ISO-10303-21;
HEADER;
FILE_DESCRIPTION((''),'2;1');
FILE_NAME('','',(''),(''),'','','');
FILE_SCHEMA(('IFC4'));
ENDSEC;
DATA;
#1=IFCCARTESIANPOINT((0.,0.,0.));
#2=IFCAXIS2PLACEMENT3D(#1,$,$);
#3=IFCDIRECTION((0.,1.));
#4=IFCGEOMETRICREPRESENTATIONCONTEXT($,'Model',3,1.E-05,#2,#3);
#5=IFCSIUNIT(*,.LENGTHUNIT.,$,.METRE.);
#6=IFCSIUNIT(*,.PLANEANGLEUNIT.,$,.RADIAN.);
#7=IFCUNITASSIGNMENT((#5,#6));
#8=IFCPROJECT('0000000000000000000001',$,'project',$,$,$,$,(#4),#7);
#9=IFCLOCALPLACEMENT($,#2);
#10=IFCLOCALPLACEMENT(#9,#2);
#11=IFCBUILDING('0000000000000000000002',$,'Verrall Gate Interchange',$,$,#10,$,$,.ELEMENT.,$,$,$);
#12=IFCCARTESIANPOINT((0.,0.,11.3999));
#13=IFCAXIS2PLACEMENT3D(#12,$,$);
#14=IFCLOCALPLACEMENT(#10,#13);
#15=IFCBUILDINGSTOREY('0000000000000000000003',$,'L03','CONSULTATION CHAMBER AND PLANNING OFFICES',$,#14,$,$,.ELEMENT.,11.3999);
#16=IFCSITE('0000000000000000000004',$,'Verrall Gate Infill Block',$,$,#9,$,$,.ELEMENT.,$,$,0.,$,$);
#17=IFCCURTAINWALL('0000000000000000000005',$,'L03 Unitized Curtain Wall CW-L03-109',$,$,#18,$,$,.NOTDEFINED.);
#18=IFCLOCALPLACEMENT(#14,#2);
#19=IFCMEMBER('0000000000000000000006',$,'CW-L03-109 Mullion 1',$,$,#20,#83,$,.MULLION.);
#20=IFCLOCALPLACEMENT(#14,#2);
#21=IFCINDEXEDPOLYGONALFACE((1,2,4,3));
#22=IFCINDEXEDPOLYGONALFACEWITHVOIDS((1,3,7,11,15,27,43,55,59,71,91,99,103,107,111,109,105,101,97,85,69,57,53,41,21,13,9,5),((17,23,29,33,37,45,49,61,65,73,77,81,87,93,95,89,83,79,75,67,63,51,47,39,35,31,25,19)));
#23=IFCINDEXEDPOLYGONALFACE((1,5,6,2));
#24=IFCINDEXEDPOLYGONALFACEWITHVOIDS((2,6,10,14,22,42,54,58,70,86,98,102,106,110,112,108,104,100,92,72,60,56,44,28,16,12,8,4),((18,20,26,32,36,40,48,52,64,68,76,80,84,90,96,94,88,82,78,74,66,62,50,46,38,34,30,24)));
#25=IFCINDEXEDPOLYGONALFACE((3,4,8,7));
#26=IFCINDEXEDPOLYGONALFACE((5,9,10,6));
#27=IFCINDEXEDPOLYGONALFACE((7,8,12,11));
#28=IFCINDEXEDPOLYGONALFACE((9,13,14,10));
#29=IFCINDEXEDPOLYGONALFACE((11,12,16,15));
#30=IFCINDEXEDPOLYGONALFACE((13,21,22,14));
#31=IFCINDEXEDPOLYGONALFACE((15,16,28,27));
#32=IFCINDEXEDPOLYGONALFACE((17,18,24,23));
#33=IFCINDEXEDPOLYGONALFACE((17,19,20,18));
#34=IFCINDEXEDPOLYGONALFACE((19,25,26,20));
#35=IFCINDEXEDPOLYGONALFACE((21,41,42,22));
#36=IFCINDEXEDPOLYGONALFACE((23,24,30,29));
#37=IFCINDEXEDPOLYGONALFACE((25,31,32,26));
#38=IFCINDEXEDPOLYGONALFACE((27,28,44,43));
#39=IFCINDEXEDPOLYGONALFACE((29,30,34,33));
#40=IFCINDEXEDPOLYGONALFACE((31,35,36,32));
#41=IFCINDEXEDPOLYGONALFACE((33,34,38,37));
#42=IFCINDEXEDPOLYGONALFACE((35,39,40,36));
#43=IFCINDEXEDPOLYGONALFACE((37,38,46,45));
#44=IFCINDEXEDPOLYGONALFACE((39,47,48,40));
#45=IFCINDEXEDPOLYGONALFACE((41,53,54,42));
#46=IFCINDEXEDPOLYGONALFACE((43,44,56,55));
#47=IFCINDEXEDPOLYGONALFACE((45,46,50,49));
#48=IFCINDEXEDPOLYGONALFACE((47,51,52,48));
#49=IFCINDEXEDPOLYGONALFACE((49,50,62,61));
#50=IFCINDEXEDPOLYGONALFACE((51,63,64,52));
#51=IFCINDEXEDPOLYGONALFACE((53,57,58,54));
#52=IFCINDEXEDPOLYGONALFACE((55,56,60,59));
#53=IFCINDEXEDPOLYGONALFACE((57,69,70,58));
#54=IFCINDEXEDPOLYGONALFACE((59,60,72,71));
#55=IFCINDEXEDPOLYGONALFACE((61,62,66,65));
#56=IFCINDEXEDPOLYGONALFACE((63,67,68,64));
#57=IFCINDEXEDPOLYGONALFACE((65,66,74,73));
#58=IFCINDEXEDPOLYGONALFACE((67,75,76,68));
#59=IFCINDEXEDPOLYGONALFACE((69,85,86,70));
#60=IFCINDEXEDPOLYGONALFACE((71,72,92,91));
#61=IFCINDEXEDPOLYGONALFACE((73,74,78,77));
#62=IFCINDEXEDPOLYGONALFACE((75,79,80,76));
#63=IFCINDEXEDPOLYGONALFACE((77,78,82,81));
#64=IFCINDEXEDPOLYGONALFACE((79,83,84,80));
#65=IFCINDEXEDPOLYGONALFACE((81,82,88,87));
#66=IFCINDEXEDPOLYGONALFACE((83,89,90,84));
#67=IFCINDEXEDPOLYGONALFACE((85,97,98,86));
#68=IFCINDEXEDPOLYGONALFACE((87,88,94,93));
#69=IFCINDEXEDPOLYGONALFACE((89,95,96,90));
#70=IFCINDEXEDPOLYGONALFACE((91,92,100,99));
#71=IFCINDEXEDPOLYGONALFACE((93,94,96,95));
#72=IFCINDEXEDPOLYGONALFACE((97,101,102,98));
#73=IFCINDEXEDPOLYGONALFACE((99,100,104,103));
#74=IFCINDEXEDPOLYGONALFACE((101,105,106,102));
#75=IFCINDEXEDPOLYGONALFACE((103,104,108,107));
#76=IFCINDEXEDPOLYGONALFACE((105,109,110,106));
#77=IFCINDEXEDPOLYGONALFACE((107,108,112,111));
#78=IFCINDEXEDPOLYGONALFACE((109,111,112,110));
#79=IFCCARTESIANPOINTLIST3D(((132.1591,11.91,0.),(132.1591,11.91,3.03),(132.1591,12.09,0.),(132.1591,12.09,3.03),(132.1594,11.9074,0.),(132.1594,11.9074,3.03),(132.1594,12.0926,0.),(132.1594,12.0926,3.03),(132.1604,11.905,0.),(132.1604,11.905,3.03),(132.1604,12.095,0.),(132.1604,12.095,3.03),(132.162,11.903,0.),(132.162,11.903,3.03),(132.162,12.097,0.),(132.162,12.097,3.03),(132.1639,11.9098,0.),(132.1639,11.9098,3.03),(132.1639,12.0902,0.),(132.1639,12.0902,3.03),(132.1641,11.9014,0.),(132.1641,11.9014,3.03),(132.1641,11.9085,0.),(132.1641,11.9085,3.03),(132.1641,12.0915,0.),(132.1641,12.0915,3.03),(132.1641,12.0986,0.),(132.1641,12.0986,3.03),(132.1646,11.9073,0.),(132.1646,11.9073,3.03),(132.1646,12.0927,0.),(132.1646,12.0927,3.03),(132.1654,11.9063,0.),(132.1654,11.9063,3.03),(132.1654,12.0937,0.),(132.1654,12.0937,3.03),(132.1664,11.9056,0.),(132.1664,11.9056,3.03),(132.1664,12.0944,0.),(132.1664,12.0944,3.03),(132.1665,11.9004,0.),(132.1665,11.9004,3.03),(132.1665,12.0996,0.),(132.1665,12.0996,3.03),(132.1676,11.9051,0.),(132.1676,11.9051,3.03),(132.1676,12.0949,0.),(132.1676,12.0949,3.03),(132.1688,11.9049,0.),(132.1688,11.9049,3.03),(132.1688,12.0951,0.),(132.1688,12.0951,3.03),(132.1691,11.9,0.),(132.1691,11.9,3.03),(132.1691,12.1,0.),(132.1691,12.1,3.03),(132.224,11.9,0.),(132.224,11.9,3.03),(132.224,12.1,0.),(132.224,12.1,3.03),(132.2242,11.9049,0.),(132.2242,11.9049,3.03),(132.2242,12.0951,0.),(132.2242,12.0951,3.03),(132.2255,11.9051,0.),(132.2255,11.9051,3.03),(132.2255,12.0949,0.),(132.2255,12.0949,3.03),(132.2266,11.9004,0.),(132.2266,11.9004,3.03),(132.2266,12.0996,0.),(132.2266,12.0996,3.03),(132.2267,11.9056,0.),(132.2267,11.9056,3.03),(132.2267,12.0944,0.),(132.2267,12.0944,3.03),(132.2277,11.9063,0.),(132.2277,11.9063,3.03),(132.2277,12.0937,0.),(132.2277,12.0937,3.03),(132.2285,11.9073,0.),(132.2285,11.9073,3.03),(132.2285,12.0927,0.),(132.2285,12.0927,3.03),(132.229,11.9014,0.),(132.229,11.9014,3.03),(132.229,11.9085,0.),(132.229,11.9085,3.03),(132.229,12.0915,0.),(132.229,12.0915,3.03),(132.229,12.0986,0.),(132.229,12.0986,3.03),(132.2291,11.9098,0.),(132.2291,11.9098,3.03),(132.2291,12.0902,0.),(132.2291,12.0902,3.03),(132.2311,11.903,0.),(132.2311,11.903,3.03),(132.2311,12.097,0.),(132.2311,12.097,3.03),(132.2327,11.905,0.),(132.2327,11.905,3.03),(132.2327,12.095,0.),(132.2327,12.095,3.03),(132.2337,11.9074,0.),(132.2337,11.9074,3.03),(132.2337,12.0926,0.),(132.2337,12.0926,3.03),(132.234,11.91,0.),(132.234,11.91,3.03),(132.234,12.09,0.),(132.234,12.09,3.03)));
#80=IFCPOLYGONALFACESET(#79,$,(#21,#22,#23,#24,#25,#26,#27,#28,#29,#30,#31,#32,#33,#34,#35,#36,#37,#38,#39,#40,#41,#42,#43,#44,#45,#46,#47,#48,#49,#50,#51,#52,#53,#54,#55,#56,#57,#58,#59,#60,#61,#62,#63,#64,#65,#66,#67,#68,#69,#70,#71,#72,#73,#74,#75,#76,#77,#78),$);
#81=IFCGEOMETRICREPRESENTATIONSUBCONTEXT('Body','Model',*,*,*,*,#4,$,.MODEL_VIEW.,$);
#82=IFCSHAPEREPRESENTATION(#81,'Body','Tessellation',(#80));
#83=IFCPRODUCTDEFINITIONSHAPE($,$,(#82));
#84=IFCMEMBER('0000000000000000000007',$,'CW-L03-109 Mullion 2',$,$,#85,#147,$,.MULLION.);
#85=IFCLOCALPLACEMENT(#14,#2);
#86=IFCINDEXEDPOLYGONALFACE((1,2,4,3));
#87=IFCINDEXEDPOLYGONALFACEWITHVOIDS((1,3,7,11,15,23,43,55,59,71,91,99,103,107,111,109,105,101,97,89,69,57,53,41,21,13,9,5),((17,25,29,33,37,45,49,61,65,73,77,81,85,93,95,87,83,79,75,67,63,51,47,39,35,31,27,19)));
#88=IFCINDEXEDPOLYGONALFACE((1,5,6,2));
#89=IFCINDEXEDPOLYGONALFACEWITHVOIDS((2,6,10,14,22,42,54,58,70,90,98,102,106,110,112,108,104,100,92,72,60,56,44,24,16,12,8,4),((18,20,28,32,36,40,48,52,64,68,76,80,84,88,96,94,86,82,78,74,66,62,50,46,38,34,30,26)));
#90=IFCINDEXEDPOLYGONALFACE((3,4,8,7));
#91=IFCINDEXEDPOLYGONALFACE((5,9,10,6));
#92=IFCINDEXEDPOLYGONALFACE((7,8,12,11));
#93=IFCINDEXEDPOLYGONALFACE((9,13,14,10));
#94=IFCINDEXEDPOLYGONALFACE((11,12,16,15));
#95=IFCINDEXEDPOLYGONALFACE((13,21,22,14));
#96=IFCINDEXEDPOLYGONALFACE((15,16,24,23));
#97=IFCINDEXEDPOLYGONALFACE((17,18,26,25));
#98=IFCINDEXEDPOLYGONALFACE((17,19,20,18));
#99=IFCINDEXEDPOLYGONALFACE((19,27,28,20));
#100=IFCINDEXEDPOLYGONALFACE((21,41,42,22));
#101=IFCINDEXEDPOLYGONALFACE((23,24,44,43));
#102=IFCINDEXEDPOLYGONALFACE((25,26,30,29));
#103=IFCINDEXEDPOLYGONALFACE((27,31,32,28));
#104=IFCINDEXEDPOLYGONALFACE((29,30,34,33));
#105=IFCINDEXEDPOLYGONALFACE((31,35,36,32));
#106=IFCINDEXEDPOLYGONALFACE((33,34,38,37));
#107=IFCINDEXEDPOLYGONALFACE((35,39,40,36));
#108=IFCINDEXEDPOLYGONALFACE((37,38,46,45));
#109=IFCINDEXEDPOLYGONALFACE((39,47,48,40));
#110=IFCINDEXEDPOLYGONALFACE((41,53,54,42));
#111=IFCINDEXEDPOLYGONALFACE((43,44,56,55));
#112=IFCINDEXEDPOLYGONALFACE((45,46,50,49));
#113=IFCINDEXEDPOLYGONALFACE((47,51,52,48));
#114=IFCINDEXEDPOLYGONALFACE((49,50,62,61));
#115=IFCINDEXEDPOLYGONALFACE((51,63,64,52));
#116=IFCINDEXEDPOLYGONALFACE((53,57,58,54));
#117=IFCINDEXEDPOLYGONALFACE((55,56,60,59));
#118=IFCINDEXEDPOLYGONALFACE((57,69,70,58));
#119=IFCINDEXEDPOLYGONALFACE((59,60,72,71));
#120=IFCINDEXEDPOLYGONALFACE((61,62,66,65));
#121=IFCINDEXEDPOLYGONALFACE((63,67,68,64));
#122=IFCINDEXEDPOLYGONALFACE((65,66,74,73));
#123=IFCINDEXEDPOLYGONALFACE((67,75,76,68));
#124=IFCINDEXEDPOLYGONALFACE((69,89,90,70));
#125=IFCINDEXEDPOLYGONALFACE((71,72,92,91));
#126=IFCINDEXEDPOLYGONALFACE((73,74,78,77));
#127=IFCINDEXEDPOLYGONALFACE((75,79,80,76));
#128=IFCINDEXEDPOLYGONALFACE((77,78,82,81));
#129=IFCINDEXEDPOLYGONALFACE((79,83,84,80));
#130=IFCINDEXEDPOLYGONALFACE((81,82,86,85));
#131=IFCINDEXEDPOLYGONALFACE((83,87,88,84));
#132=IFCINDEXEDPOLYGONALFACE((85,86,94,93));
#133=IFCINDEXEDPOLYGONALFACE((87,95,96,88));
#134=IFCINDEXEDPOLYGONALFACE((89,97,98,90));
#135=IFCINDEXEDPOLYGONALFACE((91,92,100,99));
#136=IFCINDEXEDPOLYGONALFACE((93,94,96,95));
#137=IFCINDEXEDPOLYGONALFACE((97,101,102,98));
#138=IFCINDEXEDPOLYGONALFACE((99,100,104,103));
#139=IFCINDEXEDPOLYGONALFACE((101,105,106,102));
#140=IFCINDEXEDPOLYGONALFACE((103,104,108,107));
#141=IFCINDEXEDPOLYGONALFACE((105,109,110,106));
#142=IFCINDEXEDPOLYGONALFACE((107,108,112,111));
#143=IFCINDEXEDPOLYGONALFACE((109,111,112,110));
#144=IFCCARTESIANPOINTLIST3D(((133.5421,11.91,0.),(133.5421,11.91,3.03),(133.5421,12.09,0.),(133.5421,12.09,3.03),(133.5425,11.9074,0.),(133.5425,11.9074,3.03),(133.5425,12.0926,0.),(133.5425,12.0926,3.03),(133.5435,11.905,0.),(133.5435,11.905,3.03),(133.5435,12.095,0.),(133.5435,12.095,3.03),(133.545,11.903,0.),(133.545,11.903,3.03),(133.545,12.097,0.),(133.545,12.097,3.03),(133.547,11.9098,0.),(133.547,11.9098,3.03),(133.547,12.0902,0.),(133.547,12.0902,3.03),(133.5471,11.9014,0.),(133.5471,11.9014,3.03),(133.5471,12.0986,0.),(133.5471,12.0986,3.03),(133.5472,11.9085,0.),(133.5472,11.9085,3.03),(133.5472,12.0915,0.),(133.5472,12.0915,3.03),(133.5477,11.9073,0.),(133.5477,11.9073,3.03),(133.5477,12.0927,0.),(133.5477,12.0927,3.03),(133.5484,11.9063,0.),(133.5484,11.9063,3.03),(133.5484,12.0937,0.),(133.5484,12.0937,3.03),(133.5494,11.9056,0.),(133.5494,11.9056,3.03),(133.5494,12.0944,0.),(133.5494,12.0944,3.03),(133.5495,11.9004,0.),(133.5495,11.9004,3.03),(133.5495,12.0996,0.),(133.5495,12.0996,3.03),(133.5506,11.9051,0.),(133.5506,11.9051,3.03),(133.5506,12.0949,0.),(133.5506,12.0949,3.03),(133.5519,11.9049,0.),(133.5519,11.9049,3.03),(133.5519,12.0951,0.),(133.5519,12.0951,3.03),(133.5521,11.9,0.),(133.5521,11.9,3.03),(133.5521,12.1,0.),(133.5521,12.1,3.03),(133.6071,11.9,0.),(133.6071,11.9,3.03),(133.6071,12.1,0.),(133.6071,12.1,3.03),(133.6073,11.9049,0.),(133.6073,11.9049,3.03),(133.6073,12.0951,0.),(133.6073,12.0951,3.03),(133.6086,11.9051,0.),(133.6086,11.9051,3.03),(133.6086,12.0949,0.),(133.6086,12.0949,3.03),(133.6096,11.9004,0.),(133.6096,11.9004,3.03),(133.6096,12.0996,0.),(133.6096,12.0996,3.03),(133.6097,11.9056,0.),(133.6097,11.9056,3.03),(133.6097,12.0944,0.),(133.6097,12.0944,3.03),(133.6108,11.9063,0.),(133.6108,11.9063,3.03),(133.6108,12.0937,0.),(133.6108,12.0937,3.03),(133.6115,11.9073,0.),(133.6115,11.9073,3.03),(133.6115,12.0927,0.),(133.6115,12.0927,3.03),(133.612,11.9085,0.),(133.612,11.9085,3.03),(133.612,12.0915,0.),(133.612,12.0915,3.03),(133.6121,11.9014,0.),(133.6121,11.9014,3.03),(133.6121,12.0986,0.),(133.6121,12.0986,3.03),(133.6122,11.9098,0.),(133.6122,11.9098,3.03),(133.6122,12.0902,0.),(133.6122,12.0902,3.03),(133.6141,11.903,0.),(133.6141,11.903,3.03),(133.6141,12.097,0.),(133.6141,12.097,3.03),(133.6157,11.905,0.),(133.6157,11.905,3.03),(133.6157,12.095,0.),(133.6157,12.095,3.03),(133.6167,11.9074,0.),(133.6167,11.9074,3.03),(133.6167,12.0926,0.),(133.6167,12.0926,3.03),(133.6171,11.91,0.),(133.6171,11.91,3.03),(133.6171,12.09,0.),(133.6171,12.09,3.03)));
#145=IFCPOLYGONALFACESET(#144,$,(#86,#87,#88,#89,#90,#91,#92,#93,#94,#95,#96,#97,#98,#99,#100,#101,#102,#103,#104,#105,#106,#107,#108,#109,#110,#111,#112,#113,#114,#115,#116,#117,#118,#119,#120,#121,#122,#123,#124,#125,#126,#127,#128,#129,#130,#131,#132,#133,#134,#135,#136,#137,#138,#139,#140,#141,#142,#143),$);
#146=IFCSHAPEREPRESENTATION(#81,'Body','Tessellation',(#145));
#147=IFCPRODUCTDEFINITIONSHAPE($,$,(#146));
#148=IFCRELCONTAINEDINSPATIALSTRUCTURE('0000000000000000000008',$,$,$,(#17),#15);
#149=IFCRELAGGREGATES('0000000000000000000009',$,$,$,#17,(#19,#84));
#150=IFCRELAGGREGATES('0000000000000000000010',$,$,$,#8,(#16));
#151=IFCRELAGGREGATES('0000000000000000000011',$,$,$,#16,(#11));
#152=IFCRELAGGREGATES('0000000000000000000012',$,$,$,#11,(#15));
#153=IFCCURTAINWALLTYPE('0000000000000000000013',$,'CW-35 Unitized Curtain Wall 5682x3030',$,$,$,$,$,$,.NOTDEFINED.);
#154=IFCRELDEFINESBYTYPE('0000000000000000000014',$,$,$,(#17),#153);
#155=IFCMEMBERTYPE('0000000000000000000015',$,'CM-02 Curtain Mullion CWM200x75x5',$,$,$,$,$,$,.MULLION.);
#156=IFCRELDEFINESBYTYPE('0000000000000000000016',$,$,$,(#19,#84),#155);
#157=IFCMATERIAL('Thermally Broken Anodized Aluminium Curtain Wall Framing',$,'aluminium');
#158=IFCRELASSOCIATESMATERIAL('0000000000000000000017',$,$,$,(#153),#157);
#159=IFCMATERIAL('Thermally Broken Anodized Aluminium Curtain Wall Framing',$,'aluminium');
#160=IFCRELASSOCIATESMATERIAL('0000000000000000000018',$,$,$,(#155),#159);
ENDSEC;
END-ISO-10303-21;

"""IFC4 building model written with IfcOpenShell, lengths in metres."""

from ifc_helpers import new_model, si_unit, direction, frame, origin, origin_2d, place, context, subcontext, project, spatial, hollow_rectangle, extrude, material, material_profile, profile_set, type_object, element, aggregate, save


model = new_model("IFC4")

# Units and contexts
model_context = context("Model", 3, precision=1e-05, world=origin(), true_north=direction((0.0, 1.0)))
body_context = subcontext(model_context, "Body", "Model", "MODEL_VIEW")
ifc_project = project(units=[si_unit("LENGTHUNIT", "METRE"), si_unit("PLANEANGLEUNIT", "RADIAN")], contexts=[model_context])

# Site, building, storey
site_placement = place(None, origin())
site = spatial("IfcSite", under=ifc_project, at=site_placement, Name="Verrall Gate Infill Block", CompositionType="ELEMENT", RefElevation=0.0)
building_placement = place(site_placement, origin())
building = spatial("IfcBuilding", under=site, at=building_placement, Name="Verrall Gate Interchange", CompositionType="ELEMENT")
storey_placement = place(building_placement, frame((0.0, 0.0, 11.3999)))
storey = spatial("IfcBuildingStorey", under=building, at=storey_placement, Name="L03", Description="CONSULTATION CHAMBER AND PLANNING OFFICES", CompositionType="ELEMENT", Elevation=11.3999)

# Curtain wall, members
ifc_material_1 = material(Name="Thermally Broken Anodized Aluminium Curtain Wall Framing", Category="aluminium")
curtain_wall_type_1 = type_object("IfcCurtainWallType", Name="CW-35 Unitized Curtain Wall 5682x3030", PredefinedType="NOTDEFINED", material=ifc_material_1)
curtain_wall_1_placement = place(storey_placement, origin())
curtain_wall_1 = element("IfcCurtainWall", 1, at=curtain_wall_1_placement, inside=storey, type_object=curtain_wall_type_1, Name="L03 Unitized Curtain Wall CW-L03-109", PredefinedType="NOTDEFINED")
ifc_material_2 = material(Name="Thermally Broken Anodized Aluminium Curtain Wall Framing", Category="aluminium")
ifc_material_profile_1 = material_profile(ifc_material_2, hollow_rectangle(XDim=0.075, YDim=0.2, WallThickness=0.0049, InnerFilletRadius=0.0049, OuterFilletRadius=0.01, at=origin_2d()), Name="CWM200x75x5")
ifc_profile_set_1 = profile_set([ifc_material_profile_1], Name="Thermally Broken Anodized Aluminium Curtain Wall Framing")
member_type_1 = type_object("IfcMemberType", Name="CM-02 Curtain Mullion CWM200x75x5", PredefinedType="MULLION", material=ifc_profile_set_1)
member_1_placement = place(storey_placement, frame((132.1965, 12.0, 0.0), z_axis=(0.0, 0.0, 1.0), x_axis=(1.0, 0.0, 0.0)))
member_1 = element("IfcMember", 2, at=member_1_placement, type_object=member_type_1, Name="CW-L03-109 Mullion 1", PredefinedType="MULLION", context=body_context, shape_type="SweptSolid", body=[
    extrude(hollow_rectangle(XDim=0.075, YDim=0.2, WallThickness=0.0049, InnerFilletRadius=0.0049, OuterFilletRadius=0.01, at=origin_2d()), origin(), (0.0, 0.0, 1.0), 3.03),
])
member_2_placement = place(storey_placement, frame((133.5796, 12.0, 0.0), z_axis=(0.0, 0.0, 1.0), x_axis=(1.0, 0.0, 0.0)))
member_2 = element("IfcMember", 3, at=member_2_placement, type_object=member_type_1, Name="CW-L03-109 Mullion 2", PredefinedType="MULLION", context=body_context, shape_type="SweptSolid", body=[
    extrude(hollow_rectangle(XDim=0.075, YDim=0.2, WallThickness=0.0049, InnerFilletRadius=0.0049, OuterFilletRadius=0.01, at=origin_2d()), origin(), (0.0, 0.0, 1.0), 3.03),
])

aggregate(curtain_wall_1, [member_1, member_2])

save(model, "model.ifc")
